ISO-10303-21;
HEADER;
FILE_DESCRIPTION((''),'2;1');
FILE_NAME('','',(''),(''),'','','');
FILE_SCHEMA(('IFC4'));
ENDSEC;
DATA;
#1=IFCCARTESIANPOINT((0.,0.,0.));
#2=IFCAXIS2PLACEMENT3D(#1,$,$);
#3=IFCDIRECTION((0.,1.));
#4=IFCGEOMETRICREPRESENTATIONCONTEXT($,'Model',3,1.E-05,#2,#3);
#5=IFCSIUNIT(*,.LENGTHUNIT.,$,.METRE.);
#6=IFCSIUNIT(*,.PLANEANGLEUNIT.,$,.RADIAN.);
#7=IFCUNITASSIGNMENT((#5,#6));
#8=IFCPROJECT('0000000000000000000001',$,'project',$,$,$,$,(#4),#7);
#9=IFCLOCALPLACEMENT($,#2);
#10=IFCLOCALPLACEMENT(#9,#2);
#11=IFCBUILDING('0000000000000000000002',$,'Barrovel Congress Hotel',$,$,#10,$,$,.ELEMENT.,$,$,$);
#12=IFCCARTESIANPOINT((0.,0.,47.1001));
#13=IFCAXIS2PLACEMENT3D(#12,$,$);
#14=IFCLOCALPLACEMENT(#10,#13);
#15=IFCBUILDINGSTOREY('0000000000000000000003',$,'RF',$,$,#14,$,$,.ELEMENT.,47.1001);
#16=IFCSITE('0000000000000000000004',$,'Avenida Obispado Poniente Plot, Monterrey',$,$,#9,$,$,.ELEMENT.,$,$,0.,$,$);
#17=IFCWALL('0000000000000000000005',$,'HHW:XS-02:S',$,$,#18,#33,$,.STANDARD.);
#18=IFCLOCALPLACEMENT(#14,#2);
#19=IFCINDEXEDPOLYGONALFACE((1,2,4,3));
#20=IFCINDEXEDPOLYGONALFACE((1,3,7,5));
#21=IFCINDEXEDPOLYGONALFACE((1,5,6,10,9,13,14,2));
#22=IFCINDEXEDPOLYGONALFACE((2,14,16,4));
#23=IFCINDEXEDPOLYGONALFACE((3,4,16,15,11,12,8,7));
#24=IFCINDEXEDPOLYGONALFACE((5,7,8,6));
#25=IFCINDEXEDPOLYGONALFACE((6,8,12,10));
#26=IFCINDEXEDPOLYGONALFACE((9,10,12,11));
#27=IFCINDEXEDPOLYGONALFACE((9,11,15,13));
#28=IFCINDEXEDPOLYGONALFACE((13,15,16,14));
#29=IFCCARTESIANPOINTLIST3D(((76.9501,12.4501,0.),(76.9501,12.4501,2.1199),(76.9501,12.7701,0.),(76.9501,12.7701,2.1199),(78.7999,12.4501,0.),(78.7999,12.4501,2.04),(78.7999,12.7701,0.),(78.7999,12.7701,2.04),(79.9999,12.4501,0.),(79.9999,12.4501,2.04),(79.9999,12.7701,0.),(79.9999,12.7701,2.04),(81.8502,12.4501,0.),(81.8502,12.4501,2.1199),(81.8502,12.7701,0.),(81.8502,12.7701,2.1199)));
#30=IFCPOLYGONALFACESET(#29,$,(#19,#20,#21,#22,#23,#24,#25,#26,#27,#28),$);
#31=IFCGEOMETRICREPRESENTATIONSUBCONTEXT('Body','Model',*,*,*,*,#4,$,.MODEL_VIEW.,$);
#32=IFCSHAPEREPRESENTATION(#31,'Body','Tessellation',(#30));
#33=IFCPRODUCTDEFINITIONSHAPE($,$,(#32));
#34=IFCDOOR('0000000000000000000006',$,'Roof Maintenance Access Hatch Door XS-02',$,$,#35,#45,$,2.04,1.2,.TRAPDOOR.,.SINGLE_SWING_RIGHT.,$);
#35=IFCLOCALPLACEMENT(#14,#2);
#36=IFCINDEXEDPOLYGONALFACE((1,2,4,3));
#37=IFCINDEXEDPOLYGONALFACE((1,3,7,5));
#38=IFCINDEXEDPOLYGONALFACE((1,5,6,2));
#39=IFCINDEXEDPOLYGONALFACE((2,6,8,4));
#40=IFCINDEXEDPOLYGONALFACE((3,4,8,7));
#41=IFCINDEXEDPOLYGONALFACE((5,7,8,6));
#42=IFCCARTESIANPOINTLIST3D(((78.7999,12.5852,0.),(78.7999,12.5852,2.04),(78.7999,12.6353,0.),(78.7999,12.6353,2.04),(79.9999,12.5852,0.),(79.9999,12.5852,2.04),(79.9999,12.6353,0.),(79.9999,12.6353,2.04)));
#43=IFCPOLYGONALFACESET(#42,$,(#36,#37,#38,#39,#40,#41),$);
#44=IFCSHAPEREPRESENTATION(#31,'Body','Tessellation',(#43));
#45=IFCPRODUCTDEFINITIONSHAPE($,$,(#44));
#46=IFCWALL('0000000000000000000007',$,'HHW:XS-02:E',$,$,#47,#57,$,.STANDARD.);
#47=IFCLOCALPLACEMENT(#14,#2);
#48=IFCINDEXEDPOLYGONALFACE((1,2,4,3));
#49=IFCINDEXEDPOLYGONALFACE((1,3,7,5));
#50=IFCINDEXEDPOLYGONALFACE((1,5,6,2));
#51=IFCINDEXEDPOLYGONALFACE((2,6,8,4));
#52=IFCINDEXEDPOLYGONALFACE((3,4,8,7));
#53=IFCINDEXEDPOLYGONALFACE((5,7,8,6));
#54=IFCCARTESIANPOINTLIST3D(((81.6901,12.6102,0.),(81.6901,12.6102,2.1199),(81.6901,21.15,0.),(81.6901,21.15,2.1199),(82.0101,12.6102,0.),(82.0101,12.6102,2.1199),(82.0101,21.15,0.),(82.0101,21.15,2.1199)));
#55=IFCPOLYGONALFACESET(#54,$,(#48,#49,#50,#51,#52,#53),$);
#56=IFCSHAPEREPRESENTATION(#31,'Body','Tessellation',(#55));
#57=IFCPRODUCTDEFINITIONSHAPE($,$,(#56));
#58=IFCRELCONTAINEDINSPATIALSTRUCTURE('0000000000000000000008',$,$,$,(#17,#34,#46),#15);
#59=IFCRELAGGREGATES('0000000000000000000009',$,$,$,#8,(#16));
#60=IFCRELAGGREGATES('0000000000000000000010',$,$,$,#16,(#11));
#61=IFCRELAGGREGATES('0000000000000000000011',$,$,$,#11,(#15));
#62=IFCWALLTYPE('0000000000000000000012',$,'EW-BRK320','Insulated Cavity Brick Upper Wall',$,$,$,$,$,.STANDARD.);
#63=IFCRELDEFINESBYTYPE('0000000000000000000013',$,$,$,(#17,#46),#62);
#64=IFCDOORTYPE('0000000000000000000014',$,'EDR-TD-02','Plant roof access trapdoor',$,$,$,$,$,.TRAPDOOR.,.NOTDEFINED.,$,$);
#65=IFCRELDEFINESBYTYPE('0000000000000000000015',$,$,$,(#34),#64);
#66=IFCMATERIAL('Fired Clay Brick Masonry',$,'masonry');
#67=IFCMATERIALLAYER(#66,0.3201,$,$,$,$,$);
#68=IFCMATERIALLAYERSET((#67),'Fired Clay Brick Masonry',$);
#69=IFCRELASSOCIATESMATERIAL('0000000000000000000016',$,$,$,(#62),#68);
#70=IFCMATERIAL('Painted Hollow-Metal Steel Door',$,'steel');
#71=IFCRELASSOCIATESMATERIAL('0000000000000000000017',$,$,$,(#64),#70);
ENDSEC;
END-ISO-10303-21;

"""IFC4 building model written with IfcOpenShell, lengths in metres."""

from ifc_helpers import new_model, si_unit, direction, frame, frame_2d, origin, place, context, subcontext, project, spatial, rectangle, extrude, material, layer, layer_set, type_object, element, fill, save


model = new_model("IFC4")

# Units and contexts
model_context = context("Model", 3, precision=1e-05, world=origin(), true_north=direction((0.0, 1.0)))
body_context = subcontext(model_context, "Body", "Model", "MODEL_VIEW")
ifc_project = project(units=[si_unit("LENGTHUNIT", "METRE"), si_unit("PLANEANGLEUNIT", "RADIAN")], contexts=[model_context])

# Site, building, storey
site_placement = place(None, origin())
site = spatial("IfcSite", under=ifc_project, at=site_placement, Name="Avenida Obispado Poniente Plot, Monterrey", CompositionType="ELEMENT", RefElevation=0.0)
building_placement = place(site_placement, origin())
building = spatial("IfcBuilding", under=site, at=building_placement, Name="Barrovel Congress Hotel", CompositionType="ELEMENT")
storey_placement = place(building_placement, frame((0.0, 0.0, 47.1001)))
storey = spatial("IfcBuildingStorey", under=building, at=storey_placement, Name="RF", CompositionType="ELEMENT", Elevation=47.1001)

# Wall, opening, door
ifc_material_1 = material(Name="Fired Clay Brick Masonry", Category="masonry")
ifc_layer_1 = layer(ifc_material_1, 0.3201)
ifc_layer_set_1 = layer_set([ifc_layer_1], Name="Fired Clay Brick Masonry")
wall_type = type_object("IfcWallType", Name="EW-BRK320", Description="Insulated Cavity Brick Upper Wall", PredefinedType="STANDARD", material=ifc_layer_set_1)
wall_1_placement = place(storey_placement, frame((76.95, 12.6101, 0.0), z_axis=(0.0, 0.0, 1.0), x_axis=(1.0, 0.0, 0.0)))
wall_1 = element("IfcWall", 1, at=wall_1_placement, inside=storey, type_object=wall_type, Name="HHW:XS-02:S", PredefinedType="STANDARD", context=body_context, shape_type="SweptSolid", body=[
    extrude(rectangle(XDim=4.9001, YDim=0.3201, at=frame_2d((2.4502, 0.0))), origin(), (0.0, 0.0, 1.0), 2.1199),
])
opening_placement = place(wall_1_placement, frame((3.05, 0.0, 0.0), z_axis=(0.0, 0.0, 1.0), x_axis=(-1.0, 0.0, 0.0)))
opening = element("IfcOpeningElement", 2, at=opening_placement, cuts=wall_1, PredefinedType="OPENING", context=body_context, shape_type="SweptSolid", body=[
    extrude(rectangle(XDim=1.2, YDim=2.04, at=frame_2d((0.6001, 1.02))), frame((0.0, 0.1699, 0.0), z_axis=(0.0, -1.0, 0.0), x_axis=(1.0, 0.0, 0.0)), (0.0, 0.0, 1.0), 0.3401),
])
ifc_material_2 = material(Name="Painted Hollow-Metal Steel Door", Category="steel")
door_type = type_object("IfcDoorType", Name="EDR-TD-02", Description="Plant roof access trapdoor", OperationType="NOTDEFINED", PredefinedType="TRAPDOOR", material=ifc_material_2)
door_placement = place(opening_placement, origin())
door = element("IfcDoor", 3, at=door_placement, inside=storey, type_object=door_type, Name="Roof Maintenance Access Hatch Door XS-02", OperationType="SINGLE_SWING_RIGHT", OverallHeight=2.04, OverallWidth=1.2, PredefinedType="TRAPDOOR", context=body_context, shape_type="SweptSolid", body=[
    extrude(rectangle(XDim=1.2, YDim=2.04, at=frame_2d((0.6001, 1.02))), frame((0.0, 0.0249, 0.0), z_axis=(0.0, -1.0, 0.0), x_axis=(1.0, 0.0, 0.0)), (0.0, 0.0, 1.0), 0.05),
])
fill(opening, door)

# Wall
wall_2_placement = place(storey_placement, frame((81.8501, 12.6101, 0.0), z_axis=(0.0, 0.0, 1.0), x_axis=(0.0, 1.0, 0.0)))
element("IfcWall", 4, at=wall_2_placement, inside=storey, type_object=wall_type, Name="HHW:XS-02:E", PredefinedType="STANDARD", context=body_context, shape_type="SweptSolid", body=[
    extrude(rectangle(XDim=8.5398, YDim=0.3201, at=frame_2d((4.27, 0.0))), origin(), (0.0, 0.0, 1.0), 2.1199),
])

save(model, "model.ifc")
